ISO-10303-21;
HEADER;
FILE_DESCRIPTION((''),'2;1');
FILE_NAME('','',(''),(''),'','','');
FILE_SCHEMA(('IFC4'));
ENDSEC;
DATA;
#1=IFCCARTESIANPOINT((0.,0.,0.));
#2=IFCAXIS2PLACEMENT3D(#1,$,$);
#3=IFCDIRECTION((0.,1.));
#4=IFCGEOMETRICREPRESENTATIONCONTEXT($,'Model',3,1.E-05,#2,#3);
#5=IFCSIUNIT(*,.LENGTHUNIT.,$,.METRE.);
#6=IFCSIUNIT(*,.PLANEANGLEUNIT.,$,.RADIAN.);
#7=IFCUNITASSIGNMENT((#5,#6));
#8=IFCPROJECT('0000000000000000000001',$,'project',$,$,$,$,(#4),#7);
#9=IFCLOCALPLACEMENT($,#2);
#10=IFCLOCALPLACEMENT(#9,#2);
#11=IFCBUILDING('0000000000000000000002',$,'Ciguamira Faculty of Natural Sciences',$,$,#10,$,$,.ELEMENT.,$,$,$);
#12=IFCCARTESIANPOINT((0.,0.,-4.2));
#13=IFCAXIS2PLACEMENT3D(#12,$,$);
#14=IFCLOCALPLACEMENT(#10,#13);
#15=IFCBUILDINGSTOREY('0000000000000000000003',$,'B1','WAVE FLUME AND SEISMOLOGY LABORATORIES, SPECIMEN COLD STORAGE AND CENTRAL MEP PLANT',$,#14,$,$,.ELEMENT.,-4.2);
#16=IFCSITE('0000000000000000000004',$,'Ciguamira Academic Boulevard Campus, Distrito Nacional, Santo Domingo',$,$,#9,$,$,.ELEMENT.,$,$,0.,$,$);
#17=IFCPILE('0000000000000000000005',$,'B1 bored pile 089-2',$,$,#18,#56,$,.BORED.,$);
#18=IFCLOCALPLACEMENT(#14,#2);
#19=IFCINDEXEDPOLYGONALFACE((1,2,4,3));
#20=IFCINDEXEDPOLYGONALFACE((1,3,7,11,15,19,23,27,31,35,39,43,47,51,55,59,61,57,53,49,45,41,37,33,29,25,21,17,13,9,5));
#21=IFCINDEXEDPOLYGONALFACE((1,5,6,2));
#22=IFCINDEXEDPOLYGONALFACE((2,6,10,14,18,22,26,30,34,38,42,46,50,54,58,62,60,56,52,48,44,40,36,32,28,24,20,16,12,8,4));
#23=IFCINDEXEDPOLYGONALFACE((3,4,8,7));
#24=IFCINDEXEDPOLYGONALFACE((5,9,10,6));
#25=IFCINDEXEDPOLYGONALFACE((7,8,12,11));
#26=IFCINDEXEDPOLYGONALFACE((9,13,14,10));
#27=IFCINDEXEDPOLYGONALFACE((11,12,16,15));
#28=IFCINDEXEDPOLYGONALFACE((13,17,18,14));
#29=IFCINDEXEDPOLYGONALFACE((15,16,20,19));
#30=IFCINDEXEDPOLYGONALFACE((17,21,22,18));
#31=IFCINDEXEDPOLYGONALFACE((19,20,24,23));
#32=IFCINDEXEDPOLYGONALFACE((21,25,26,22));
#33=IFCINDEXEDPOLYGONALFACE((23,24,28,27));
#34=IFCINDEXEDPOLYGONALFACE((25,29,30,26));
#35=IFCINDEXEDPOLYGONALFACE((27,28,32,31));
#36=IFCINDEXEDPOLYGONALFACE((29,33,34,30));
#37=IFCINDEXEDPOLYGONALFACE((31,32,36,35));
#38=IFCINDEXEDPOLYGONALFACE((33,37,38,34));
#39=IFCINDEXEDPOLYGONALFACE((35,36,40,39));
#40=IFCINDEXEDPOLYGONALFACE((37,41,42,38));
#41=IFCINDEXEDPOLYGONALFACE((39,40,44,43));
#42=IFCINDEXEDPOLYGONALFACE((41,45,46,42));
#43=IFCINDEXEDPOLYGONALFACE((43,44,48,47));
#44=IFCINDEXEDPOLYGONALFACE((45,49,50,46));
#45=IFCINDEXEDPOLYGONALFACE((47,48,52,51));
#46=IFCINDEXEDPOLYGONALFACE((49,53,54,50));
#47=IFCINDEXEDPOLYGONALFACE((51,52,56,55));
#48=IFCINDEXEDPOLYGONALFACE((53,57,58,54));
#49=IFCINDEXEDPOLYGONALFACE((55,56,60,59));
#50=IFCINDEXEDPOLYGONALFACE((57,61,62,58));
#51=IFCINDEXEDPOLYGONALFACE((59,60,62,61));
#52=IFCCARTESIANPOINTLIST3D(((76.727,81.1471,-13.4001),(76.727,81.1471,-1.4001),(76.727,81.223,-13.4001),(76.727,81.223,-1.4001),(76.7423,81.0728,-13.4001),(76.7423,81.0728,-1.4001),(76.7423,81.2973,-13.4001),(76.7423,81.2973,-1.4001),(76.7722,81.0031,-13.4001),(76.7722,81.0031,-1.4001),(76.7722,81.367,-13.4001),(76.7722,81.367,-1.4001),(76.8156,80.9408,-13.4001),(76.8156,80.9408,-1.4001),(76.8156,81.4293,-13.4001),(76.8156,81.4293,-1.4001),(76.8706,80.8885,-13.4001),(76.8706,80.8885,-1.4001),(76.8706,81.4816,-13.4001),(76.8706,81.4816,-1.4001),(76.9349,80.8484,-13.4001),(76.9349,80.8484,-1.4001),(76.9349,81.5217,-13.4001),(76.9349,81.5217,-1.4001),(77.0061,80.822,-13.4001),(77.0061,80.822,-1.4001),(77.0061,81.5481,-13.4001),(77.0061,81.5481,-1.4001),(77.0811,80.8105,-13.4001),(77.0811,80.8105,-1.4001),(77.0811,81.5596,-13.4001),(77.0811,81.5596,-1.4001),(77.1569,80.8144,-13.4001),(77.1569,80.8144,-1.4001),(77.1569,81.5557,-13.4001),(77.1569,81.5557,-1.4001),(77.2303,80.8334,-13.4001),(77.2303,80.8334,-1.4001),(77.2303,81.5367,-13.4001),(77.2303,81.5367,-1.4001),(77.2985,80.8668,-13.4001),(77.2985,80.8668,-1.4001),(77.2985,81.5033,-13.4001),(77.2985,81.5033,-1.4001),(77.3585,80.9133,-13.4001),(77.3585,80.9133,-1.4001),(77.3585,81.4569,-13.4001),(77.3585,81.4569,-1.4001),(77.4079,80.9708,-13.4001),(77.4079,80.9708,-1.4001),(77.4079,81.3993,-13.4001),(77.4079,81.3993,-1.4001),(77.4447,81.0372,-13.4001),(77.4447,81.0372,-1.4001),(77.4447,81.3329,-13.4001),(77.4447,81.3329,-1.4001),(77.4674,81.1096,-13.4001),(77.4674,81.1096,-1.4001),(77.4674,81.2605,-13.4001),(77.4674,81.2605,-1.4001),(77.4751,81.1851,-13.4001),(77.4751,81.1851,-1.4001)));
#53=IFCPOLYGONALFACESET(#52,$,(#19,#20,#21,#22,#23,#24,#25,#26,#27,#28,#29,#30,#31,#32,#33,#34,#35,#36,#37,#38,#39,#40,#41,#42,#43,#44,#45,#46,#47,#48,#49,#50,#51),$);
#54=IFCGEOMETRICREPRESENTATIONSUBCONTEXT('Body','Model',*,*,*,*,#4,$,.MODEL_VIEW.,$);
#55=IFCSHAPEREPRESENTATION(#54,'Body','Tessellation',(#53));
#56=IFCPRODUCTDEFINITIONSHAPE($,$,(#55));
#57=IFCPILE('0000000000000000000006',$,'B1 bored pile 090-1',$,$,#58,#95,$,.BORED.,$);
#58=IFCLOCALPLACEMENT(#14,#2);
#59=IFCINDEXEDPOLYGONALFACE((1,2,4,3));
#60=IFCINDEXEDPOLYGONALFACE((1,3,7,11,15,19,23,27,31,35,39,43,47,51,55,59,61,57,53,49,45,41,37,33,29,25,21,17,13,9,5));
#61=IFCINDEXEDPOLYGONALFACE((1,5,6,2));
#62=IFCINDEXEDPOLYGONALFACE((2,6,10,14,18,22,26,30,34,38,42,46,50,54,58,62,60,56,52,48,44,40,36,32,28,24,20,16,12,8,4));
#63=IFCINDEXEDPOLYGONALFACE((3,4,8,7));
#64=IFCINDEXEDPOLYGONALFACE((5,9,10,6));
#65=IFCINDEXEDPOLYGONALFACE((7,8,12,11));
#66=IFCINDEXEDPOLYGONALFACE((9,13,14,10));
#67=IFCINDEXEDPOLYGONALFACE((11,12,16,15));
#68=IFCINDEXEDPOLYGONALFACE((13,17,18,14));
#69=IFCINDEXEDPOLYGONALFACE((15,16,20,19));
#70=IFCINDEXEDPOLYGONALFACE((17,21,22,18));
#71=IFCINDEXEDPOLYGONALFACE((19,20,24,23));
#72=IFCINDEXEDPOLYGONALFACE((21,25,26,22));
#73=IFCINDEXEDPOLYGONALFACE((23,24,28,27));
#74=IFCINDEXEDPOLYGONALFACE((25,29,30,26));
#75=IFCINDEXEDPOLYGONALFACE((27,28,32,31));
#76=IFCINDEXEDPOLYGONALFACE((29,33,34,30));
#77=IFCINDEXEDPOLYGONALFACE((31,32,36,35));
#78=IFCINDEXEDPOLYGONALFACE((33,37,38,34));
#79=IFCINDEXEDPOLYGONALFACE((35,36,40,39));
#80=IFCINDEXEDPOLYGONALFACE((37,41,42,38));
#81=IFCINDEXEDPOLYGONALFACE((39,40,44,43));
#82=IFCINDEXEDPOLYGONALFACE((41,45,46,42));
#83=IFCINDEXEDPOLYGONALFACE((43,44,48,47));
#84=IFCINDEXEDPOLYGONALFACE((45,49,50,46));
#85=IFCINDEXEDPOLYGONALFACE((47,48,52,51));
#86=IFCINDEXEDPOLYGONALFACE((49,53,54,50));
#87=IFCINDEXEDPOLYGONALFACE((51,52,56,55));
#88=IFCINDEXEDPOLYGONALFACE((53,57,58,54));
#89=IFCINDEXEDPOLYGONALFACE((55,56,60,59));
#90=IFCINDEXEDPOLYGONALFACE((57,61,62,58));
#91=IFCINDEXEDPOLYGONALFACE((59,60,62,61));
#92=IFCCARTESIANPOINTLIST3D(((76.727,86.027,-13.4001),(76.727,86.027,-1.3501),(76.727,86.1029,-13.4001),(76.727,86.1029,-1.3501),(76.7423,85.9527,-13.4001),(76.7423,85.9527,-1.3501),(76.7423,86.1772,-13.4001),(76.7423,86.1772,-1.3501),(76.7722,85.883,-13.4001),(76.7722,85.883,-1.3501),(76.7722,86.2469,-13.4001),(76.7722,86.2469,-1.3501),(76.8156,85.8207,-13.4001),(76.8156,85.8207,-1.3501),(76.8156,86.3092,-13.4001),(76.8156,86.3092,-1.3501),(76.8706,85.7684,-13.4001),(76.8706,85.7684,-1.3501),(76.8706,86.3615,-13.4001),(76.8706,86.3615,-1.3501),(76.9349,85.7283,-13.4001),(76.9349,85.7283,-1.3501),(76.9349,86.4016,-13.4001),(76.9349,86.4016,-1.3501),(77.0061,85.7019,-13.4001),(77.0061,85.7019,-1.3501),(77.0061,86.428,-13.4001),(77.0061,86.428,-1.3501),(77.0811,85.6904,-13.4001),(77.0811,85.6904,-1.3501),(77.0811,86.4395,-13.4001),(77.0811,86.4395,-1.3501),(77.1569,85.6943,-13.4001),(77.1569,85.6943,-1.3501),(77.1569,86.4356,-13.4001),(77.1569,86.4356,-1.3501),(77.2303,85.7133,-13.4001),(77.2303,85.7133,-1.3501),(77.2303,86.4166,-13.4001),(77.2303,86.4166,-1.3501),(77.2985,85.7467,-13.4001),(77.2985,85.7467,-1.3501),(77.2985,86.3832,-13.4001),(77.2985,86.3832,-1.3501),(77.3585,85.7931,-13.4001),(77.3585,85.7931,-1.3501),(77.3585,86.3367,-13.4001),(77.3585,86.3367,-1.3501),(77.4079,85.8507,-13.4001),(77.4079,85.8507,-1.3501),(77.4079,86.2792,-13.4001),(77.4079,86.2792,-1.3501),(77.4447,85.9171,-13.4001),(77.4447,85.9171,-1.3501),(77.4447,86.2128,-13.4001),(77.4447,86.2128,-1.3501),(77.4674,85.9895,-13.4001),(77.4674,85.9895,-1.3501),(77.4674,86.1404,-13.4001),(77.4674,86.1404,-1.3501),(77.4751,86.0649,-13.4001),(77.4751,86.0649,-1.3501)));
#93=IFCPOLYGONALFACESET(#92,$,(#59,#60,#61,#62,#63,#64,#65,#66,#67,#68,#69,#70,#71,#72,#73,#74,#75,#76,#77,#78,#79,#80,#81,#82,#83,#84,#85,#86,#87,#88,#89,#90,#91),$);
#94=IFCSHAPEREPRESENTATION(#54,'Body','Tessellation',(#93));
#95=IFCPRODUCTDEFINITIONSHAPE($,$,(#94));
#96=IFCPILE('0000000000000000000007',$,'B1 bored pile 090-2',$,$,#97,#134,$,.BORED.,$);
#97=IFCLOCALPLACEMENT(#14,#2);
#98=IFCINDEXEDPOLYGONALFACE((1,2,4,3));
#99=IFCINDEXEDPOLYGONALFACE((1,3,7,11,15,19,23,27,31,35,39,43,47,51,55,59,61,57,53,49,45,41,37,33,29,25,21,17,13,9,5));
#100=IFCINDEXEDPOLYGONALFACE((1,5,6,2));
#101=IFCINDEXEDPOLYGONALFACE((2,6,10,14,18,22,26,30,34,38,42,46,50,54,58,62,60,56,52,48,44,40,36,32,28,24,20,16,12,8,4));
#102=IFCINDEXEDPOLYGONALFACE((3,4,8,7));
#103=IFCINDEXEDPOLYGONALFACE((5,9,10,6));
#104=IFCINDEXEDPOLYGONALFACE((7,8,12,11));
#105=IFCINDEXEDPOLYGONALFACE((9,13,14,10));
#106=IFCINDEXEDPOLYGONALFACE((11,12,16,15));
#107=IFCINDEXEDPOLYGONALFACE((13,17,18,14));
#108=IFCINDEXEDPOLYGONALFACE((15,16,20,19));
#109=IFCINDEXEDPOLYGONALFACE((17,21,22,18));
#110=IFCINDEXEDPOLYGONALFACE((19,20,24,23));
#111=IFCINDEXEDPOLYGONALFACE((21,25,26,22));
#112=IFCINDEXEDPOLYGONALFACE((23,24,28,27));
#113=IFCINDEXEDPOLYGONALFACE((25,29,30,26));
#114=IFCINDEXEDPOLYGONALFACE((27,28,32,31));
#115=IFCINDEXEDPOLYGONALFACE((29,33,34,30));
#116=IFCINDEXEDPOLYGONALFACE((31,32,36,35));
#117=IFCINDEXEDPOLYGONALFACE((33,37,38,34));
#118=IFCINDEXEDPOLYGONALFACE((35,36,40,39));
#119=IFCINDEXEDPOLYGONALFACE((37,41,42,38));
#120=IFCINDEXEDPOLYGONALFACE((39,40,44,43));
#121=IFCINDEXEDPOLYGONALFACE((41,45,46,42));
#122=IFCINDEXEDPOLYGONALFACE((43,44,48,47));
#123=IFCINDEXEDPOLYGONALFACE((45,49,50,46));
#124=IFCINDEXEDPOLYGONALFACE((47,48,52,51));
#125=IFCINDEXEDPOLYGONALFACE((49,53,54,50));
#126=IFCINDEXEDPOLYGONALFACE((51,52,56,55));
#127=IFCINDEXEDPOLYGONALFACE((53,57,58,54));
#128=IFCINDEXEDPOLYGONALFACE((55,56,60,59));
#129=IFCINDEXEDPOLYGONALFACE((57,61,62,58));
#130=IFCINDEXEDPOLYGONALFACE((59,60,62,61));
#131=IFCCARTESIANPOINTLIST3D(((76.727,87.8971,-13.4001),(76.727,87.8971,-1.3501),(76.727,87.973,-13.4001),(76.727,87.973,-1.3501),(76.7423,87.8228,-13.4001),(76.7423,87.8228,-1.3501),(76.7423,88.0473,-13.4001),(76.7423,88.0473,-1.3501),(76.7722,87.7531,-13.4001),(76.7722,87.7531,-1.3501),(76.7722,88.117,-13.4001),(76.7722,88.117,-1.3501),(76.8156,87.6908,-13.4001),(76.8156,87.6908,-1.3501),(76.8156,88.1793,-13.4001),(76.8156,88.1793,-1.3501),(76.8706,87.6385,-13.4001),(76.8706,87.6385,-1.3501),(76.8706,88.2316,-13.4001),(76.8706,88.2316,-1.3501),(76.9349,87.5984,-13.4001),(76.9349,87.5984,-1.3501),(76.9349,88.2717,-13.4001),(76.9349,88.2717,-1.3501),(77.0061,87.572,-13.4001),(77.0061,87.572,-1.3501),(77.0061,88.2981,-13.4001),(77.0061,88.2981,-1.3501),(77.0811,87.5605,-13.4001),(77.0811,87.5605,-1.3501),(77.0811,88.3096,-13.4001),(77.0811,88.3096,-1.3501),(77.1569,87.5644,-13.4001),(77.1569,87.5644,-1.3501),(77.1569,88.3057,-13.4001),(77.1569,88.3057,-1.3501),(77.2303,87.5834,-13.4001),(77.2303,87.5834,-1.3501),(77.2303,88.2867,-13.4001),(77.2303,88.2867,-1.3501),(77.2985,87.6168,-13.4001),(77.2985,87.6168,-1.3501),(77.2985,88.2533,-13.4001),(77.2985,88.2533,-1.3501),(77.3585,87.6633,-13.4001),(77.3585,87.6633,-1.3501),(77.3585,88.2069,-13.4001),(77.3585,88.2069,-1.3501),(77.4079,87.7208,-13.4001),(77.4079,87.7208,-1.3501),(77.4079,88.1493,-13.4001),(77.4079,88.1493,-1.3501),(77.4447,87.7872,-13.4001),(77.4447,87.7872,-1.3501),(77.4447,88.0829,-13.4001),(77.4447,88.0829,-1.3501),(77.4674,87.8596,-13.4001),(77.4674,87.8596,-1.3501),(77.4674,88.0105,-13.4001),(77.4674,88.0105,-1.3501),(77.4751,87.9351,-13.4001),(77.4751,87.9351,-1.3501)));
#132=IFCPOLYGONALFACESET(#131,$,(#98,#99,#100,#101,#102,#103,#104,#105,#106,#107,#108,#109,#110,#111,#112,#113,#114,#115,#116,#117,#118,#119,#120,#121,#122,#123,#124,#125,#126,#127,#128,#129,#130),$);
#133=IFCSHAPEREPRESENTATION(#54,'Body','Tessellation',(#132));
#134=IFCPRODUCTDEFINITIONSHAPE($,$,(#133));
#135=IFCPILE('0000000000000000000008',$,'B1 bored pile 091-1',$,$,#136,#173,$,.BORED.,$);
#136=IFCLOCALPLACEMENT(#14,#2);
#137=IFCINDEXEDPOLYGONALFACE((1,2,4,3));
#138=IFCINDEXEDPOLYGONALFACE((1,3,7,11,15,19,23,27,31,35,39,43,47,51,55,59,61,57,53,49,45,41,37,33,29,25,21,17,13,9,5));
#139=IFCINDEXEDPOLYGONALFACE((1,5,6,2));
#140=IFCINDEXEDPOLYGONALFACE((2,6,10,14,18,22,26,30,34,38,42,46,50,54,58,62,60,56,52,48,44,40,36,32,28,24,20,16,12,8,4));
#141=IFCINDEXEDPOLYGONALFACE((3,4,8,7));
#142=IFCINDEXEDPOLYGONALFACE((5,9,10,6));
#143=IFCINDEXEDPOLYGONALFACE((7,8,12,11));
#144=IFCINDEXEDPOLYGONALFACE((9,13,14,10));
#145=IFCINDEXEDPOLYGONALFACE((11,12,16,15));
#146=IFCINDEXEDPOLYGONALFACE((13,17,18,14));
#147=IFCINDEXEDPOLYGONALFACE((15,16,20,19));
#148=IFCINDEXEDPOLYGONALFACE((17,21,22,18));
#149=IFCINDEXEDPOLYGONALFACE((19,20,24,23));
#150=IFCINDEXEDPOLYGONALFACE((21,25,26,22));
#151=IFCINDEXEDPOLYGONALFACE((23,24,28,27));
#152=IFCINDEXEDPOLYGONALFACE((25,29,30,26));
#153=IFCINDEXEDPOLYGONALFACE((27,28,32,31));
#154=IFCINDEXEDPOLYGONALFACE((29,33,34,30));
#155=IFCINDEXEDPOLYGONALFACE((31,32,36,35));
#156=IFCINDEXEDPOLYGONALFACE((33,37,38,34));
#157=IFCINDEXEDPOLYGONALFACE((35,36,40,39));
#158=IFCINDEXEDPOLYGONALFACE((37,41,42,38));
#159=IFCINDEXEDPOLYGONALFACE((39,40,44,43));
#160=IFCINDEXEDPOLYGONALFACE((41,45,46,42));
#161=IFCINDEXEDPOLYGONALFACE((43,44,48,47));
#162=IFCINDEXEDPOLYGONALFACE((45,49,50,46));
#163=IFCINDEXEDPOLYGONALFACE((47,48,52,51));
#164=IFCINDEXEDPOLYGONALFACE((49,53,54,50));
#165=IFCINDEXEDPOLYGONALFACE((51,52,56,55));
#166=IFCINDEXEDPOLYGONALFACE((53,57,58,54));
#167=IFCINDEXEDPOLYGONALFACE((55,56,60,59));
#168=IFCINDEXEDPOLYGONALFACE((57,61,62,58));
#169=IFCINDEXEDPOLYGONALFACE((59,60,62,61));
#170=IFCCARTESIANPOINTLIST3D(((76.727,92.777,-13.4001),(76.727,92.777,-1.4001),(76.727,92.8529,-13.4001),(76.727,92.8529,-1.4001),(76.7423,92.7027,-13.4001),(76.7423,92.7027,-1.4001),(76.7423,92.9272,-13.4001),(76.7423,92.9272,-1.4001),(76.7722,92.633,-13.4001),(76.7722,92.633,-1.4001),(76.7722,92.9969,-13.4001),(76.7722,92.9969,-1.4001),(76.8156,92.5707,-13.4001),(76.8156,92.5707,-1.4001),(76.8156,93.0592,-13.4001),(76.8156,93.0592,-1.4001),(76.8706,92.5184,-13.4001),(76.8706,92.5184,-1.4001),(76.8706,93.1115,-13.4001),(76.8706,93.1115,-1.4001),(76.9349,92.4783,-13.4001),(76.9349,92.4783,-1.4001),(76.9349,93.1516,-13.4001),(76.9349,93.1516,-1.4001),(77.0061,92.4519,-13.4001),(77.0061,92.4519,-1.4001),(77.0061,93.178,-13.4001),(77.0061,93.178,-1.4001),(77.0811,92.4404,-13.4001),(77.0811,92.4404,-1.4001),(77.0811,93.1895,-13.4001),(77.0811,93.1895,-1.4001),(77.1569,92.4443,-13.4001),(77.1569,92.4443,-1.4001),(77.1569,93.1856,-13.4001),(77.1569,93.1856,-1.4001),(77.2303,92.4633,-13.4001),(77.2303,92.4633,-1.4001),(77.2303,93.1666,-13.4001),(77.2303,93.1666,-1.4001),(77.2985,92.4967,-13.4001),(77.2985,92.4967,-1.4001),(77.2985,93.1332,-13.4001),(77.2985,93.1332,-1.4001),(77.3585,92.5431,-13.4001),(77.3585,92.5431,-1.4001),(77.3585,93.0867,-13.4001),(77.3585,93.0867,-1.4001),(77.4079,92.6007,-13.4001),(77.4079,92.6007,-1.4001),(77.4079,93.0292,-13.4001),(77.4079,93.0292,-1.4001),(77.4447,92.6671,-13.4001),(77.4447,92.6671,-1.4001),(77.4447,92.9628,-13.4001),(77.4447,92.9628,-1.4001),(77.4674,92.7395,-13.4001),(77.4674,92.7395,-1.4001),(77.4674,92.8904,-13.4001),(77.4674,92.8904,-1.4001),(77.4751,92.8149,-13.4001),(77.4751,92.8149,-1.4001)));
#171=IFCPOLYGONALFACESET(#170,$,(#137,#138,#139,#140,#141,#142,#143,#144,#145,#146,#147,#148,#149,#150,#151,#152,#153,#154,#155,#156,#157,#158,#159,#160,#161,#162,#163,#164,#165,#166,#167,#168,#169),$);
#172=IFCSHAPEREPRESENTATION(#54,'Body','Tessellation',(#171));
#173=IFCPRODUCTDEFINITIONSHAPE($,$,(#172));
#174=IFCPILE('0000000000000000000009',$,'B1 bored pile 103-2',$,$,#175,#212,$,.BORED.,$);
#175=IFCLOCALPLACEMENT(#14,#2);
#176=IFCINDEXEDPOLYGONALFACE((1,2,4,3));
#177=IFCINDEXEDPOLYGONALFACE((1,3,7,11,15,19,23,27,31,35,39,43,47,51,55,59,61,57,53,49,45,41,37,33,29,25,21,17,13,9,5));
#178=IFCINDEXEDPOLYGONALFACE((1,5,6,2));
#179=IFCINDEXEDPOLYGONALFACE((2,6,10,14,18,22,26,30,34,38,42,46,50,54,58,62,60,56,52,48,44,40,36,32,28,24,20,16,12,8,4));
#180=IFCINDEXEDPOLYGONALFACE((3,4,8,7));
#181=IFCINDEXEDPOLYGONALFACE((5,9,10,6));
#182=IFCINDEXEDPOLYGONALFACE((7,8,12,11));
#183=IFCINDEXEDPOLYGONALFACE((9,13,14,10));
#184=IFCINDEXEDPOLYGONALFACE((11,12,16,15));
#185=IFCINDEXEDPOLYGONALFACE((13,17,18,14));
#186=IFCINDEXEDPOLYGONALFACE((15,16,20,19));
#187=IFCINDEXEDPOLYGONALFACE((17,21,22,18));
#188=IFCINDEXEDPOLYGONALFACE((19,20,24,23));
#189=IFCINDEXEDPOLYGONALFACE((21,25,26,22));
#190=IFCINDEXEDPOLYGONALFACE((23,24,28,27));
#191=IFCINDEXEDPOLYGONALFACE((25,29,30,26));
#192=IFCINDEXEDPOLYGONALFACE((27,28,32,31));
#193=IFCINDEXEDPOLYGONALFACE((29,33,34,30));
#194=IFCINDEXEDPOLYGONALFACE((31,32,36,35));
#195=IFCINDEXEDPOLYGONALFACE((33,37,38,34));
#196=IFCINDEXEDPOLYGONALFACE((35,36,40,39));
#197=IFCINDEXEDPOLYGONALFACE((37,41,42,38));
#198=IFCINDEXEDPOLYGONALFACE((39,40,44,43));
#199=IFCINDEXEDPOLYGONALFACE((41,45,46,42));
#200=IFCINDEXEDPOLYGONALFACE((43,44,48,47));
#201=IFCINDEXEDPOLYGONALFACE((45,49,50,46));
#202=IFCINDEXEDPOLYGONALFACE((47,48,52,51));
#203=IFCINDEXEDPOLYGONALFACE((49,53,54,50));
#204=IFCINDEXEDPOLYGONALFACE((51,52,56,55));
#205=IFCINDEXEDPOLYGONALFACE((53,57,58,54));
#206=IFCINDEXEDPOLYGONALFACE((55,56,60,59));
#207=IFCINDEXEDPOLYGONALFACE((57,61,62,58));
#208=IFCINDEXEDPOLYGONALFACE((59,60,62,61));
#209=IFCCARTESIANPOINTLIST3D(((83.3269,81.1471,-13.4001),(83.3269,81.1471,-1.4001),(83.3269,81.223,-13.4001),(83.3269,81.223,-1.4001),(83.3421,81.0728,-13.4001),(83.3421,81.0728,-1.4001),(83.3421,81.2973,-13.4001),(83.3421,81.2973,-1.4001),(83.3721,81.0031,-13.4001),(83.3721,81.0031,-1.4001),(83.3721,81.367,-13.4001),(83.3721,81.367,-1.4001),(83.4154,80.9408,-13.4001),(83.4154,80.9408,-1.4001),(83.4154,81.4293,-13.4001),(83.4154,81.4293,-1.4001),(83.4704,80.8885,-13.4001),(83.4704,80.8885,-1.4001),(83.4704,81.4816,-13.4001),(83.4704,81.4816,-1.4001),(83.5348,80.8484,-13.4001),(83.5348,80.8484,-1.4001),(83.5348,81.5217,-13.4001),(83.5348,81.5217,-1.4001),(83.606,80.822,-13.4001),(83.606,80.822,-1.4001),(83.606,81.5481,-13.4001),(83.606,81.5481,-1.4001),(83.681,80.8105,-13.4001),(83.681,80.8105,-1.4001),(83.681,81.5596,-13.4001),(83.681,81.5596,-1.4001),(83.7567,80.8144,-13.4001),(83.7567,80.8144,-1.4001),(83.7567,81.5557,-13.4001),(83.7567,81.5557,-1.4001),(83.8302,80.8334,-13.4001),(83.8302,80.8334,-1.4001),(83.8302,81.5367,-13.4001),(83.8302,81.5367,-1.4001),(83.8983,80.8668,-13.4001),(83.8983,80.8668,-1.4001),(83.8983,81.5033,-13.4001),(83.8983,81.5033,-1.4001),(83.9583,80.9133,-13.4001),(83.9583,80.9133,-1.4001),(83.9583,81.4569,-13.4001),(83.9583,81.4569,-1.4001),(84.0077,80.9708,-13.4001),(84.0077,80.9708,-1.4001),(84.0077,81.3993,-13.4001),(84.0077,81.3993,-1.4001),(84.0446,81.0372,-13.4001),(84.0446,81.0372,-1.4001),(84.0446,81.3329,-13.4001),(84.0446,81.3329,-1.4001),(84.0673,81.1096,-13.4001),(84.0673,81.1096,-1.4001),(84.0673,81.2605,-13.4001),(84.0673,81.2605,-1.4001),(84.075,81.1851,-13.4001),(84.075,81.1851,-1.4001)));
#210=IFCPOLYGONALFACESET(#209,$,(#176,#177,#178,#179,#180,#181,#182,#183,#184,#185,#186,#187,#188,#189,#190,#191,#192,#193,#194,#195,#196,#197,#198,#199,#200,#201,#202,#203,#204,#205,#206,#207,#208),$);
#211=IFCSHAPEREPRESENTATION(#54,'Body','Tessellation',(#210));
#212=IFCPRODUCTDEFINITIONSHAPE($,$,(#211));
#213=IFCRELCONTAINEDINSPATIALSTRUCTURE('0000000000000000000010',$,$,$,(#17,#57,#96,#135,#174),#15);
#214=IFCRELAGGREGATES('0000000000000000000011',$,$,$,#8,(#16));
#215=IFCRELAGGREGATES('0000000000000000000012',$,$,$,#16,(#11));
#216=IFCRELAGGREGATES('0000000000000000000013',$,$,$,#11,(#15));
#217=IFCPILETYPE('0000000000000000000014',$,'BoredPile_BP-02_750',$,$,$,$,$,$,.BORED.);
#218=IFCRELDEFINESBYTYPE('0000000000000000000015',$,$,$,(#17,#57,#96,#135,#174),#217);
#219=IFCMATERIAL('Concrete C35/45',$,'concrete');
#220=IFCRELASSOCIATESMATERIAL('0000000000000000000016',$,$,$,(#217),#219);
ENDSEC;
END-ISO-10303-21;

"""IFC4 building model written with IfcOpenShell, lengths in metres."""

from ifc_helpers import new_model, si_unit, direction, frame, origin, origin_2d, place, context, subcontext, project, spatial, circle, extrude, material, material_profile, profile_set, type_object, element, save


model = new_model("IFC4")

# Units and contexts
model_context = context("Model", 3, precision=1e-05, world=origin(), true_north=direction((0.0, 1.0)))
body_context = subcontext(model_context, "Body", "Model", "MODEL_VIEW")
ifc_project = project(units=[si_unit("LENGTHUNIT", "METRE"), si_unit("PLANEANGLEUNIT", "RADIAN")], contexts=[model_context])

# Site, building, storey
site_placement = place(None, origin())
site = spatial("IfcSite", under=ifc_project, at=site_placement, Name="Ciguamira Academic Boulevard Campus, Distrito Nacional, Santo Domingo", CompositionType="ELEMENT", RefElevation=0.0)
building_placement = place(site_placement, origin())
building = spatial("IfcBuilding", under=site, at=building_placement, Name="Ciguamira Faculty of Natural Sciences", CompositionType="ELEMENT")
storey_placement = place(building_placement, frame((0.0, 0.0, -4.2)))
storey = spatial("IfcBuildingStorey", under=building, at=storey_placement, Name="B1", Description="WAVE FLUME AND SEISMOLOGY LABORATORIES, SPECIMEN COLD STORAGE AND CENTRAL MEP PLANT", CompositionType="ELEMENT", Elevation=-4.2)

# Piles
ifc_material_1 = material(Name="Concrete C35/45", Category="concrete")
ifc_material_profile_1 = material_profile(ifc_material_1, circle(Radius=0.375, at=origin_2d()), Name="PILE-BORED-750")
ifc_profile_set_1 = profile_set([ifc_material_profile_1], Name="Concrete C35/45")
pile_type = type_object("IfcPileType", Name="BoredPile_BP-02_750", PredefinedType="BORED", material=ifc_profile_set_1)
pile_1_placement = place(storey_placement, frame((77.1001, 81.1851, -1.4001), z_axis=(0.0, 0.0, -1.0), x_axis=(1.0, 0.0, 0.0)))
element("IfcPile", 1, at=pile_1_placement, inside=storey, type_object=pile_type, Name="B1 bored pile 089-2", PredefinedType="BORED", context=body_context, shape_type="SweptSolid", body=[
    extrude(circle(Radius=0.375, at=origin_2d()), origin(), (0.0, 0.0, 1.0), 12.0),
])
for number, where, z_axis, x_axis, name in (
    (2, (77.1001, 86.0649, -1.3501), (0.0, 0.0, -1.0), (1.0, 0.0, 0.0), "B1 bored pile 090-1"),
    (3, (77.1001, 87.9351, -1.3501), (0.0, 0.0, -1.0), (1.0, 0.0, 0.0), "B1 bored pile 090-2"),
):
    element("IfcPile", number, at=place(storey_placement, frame(where, z_axis=z_axis, x_axis=x_axis)), inside=storey, type_object=pile_type, Name=name, PredefinedType="BORED", context=body_context, shape_type="SweptSolid", body=[
        extrude(circle(Radius=0.375, at=origin_2d()), origin(), (0.0, 0.0, 1.0), 12.05),
    ])
for number, where, z_axis, x_axis, name in (
    (4, (77.1001, 92.8149, -1.4001), (0.0, 0.0, -1.0), (1.0, 0.0, 0.0), "B1 bored pile 091-1"),
    (5, (83.7, 81.1851, -1.4001), (0.0, 0.0, -1.0), (1.0, 0.0, 0.0), "B1 bored pile 103-2"),
):
    element("IfcPile", number, at=place(storey_placement, frame(where, z_axis=z_axis, x_axis=x_axis)), inside=storey, type_object=pile_type, Name=name, PredefinedType="BORED", context=body_context, shape_type="SweptSolid", body=[
        extrude(circle(Radius=0.375, at=origin_2d()), origin(), (0.0, 0.0, 1.0), 12.0),
    ])

save(model, "model.ifc")
